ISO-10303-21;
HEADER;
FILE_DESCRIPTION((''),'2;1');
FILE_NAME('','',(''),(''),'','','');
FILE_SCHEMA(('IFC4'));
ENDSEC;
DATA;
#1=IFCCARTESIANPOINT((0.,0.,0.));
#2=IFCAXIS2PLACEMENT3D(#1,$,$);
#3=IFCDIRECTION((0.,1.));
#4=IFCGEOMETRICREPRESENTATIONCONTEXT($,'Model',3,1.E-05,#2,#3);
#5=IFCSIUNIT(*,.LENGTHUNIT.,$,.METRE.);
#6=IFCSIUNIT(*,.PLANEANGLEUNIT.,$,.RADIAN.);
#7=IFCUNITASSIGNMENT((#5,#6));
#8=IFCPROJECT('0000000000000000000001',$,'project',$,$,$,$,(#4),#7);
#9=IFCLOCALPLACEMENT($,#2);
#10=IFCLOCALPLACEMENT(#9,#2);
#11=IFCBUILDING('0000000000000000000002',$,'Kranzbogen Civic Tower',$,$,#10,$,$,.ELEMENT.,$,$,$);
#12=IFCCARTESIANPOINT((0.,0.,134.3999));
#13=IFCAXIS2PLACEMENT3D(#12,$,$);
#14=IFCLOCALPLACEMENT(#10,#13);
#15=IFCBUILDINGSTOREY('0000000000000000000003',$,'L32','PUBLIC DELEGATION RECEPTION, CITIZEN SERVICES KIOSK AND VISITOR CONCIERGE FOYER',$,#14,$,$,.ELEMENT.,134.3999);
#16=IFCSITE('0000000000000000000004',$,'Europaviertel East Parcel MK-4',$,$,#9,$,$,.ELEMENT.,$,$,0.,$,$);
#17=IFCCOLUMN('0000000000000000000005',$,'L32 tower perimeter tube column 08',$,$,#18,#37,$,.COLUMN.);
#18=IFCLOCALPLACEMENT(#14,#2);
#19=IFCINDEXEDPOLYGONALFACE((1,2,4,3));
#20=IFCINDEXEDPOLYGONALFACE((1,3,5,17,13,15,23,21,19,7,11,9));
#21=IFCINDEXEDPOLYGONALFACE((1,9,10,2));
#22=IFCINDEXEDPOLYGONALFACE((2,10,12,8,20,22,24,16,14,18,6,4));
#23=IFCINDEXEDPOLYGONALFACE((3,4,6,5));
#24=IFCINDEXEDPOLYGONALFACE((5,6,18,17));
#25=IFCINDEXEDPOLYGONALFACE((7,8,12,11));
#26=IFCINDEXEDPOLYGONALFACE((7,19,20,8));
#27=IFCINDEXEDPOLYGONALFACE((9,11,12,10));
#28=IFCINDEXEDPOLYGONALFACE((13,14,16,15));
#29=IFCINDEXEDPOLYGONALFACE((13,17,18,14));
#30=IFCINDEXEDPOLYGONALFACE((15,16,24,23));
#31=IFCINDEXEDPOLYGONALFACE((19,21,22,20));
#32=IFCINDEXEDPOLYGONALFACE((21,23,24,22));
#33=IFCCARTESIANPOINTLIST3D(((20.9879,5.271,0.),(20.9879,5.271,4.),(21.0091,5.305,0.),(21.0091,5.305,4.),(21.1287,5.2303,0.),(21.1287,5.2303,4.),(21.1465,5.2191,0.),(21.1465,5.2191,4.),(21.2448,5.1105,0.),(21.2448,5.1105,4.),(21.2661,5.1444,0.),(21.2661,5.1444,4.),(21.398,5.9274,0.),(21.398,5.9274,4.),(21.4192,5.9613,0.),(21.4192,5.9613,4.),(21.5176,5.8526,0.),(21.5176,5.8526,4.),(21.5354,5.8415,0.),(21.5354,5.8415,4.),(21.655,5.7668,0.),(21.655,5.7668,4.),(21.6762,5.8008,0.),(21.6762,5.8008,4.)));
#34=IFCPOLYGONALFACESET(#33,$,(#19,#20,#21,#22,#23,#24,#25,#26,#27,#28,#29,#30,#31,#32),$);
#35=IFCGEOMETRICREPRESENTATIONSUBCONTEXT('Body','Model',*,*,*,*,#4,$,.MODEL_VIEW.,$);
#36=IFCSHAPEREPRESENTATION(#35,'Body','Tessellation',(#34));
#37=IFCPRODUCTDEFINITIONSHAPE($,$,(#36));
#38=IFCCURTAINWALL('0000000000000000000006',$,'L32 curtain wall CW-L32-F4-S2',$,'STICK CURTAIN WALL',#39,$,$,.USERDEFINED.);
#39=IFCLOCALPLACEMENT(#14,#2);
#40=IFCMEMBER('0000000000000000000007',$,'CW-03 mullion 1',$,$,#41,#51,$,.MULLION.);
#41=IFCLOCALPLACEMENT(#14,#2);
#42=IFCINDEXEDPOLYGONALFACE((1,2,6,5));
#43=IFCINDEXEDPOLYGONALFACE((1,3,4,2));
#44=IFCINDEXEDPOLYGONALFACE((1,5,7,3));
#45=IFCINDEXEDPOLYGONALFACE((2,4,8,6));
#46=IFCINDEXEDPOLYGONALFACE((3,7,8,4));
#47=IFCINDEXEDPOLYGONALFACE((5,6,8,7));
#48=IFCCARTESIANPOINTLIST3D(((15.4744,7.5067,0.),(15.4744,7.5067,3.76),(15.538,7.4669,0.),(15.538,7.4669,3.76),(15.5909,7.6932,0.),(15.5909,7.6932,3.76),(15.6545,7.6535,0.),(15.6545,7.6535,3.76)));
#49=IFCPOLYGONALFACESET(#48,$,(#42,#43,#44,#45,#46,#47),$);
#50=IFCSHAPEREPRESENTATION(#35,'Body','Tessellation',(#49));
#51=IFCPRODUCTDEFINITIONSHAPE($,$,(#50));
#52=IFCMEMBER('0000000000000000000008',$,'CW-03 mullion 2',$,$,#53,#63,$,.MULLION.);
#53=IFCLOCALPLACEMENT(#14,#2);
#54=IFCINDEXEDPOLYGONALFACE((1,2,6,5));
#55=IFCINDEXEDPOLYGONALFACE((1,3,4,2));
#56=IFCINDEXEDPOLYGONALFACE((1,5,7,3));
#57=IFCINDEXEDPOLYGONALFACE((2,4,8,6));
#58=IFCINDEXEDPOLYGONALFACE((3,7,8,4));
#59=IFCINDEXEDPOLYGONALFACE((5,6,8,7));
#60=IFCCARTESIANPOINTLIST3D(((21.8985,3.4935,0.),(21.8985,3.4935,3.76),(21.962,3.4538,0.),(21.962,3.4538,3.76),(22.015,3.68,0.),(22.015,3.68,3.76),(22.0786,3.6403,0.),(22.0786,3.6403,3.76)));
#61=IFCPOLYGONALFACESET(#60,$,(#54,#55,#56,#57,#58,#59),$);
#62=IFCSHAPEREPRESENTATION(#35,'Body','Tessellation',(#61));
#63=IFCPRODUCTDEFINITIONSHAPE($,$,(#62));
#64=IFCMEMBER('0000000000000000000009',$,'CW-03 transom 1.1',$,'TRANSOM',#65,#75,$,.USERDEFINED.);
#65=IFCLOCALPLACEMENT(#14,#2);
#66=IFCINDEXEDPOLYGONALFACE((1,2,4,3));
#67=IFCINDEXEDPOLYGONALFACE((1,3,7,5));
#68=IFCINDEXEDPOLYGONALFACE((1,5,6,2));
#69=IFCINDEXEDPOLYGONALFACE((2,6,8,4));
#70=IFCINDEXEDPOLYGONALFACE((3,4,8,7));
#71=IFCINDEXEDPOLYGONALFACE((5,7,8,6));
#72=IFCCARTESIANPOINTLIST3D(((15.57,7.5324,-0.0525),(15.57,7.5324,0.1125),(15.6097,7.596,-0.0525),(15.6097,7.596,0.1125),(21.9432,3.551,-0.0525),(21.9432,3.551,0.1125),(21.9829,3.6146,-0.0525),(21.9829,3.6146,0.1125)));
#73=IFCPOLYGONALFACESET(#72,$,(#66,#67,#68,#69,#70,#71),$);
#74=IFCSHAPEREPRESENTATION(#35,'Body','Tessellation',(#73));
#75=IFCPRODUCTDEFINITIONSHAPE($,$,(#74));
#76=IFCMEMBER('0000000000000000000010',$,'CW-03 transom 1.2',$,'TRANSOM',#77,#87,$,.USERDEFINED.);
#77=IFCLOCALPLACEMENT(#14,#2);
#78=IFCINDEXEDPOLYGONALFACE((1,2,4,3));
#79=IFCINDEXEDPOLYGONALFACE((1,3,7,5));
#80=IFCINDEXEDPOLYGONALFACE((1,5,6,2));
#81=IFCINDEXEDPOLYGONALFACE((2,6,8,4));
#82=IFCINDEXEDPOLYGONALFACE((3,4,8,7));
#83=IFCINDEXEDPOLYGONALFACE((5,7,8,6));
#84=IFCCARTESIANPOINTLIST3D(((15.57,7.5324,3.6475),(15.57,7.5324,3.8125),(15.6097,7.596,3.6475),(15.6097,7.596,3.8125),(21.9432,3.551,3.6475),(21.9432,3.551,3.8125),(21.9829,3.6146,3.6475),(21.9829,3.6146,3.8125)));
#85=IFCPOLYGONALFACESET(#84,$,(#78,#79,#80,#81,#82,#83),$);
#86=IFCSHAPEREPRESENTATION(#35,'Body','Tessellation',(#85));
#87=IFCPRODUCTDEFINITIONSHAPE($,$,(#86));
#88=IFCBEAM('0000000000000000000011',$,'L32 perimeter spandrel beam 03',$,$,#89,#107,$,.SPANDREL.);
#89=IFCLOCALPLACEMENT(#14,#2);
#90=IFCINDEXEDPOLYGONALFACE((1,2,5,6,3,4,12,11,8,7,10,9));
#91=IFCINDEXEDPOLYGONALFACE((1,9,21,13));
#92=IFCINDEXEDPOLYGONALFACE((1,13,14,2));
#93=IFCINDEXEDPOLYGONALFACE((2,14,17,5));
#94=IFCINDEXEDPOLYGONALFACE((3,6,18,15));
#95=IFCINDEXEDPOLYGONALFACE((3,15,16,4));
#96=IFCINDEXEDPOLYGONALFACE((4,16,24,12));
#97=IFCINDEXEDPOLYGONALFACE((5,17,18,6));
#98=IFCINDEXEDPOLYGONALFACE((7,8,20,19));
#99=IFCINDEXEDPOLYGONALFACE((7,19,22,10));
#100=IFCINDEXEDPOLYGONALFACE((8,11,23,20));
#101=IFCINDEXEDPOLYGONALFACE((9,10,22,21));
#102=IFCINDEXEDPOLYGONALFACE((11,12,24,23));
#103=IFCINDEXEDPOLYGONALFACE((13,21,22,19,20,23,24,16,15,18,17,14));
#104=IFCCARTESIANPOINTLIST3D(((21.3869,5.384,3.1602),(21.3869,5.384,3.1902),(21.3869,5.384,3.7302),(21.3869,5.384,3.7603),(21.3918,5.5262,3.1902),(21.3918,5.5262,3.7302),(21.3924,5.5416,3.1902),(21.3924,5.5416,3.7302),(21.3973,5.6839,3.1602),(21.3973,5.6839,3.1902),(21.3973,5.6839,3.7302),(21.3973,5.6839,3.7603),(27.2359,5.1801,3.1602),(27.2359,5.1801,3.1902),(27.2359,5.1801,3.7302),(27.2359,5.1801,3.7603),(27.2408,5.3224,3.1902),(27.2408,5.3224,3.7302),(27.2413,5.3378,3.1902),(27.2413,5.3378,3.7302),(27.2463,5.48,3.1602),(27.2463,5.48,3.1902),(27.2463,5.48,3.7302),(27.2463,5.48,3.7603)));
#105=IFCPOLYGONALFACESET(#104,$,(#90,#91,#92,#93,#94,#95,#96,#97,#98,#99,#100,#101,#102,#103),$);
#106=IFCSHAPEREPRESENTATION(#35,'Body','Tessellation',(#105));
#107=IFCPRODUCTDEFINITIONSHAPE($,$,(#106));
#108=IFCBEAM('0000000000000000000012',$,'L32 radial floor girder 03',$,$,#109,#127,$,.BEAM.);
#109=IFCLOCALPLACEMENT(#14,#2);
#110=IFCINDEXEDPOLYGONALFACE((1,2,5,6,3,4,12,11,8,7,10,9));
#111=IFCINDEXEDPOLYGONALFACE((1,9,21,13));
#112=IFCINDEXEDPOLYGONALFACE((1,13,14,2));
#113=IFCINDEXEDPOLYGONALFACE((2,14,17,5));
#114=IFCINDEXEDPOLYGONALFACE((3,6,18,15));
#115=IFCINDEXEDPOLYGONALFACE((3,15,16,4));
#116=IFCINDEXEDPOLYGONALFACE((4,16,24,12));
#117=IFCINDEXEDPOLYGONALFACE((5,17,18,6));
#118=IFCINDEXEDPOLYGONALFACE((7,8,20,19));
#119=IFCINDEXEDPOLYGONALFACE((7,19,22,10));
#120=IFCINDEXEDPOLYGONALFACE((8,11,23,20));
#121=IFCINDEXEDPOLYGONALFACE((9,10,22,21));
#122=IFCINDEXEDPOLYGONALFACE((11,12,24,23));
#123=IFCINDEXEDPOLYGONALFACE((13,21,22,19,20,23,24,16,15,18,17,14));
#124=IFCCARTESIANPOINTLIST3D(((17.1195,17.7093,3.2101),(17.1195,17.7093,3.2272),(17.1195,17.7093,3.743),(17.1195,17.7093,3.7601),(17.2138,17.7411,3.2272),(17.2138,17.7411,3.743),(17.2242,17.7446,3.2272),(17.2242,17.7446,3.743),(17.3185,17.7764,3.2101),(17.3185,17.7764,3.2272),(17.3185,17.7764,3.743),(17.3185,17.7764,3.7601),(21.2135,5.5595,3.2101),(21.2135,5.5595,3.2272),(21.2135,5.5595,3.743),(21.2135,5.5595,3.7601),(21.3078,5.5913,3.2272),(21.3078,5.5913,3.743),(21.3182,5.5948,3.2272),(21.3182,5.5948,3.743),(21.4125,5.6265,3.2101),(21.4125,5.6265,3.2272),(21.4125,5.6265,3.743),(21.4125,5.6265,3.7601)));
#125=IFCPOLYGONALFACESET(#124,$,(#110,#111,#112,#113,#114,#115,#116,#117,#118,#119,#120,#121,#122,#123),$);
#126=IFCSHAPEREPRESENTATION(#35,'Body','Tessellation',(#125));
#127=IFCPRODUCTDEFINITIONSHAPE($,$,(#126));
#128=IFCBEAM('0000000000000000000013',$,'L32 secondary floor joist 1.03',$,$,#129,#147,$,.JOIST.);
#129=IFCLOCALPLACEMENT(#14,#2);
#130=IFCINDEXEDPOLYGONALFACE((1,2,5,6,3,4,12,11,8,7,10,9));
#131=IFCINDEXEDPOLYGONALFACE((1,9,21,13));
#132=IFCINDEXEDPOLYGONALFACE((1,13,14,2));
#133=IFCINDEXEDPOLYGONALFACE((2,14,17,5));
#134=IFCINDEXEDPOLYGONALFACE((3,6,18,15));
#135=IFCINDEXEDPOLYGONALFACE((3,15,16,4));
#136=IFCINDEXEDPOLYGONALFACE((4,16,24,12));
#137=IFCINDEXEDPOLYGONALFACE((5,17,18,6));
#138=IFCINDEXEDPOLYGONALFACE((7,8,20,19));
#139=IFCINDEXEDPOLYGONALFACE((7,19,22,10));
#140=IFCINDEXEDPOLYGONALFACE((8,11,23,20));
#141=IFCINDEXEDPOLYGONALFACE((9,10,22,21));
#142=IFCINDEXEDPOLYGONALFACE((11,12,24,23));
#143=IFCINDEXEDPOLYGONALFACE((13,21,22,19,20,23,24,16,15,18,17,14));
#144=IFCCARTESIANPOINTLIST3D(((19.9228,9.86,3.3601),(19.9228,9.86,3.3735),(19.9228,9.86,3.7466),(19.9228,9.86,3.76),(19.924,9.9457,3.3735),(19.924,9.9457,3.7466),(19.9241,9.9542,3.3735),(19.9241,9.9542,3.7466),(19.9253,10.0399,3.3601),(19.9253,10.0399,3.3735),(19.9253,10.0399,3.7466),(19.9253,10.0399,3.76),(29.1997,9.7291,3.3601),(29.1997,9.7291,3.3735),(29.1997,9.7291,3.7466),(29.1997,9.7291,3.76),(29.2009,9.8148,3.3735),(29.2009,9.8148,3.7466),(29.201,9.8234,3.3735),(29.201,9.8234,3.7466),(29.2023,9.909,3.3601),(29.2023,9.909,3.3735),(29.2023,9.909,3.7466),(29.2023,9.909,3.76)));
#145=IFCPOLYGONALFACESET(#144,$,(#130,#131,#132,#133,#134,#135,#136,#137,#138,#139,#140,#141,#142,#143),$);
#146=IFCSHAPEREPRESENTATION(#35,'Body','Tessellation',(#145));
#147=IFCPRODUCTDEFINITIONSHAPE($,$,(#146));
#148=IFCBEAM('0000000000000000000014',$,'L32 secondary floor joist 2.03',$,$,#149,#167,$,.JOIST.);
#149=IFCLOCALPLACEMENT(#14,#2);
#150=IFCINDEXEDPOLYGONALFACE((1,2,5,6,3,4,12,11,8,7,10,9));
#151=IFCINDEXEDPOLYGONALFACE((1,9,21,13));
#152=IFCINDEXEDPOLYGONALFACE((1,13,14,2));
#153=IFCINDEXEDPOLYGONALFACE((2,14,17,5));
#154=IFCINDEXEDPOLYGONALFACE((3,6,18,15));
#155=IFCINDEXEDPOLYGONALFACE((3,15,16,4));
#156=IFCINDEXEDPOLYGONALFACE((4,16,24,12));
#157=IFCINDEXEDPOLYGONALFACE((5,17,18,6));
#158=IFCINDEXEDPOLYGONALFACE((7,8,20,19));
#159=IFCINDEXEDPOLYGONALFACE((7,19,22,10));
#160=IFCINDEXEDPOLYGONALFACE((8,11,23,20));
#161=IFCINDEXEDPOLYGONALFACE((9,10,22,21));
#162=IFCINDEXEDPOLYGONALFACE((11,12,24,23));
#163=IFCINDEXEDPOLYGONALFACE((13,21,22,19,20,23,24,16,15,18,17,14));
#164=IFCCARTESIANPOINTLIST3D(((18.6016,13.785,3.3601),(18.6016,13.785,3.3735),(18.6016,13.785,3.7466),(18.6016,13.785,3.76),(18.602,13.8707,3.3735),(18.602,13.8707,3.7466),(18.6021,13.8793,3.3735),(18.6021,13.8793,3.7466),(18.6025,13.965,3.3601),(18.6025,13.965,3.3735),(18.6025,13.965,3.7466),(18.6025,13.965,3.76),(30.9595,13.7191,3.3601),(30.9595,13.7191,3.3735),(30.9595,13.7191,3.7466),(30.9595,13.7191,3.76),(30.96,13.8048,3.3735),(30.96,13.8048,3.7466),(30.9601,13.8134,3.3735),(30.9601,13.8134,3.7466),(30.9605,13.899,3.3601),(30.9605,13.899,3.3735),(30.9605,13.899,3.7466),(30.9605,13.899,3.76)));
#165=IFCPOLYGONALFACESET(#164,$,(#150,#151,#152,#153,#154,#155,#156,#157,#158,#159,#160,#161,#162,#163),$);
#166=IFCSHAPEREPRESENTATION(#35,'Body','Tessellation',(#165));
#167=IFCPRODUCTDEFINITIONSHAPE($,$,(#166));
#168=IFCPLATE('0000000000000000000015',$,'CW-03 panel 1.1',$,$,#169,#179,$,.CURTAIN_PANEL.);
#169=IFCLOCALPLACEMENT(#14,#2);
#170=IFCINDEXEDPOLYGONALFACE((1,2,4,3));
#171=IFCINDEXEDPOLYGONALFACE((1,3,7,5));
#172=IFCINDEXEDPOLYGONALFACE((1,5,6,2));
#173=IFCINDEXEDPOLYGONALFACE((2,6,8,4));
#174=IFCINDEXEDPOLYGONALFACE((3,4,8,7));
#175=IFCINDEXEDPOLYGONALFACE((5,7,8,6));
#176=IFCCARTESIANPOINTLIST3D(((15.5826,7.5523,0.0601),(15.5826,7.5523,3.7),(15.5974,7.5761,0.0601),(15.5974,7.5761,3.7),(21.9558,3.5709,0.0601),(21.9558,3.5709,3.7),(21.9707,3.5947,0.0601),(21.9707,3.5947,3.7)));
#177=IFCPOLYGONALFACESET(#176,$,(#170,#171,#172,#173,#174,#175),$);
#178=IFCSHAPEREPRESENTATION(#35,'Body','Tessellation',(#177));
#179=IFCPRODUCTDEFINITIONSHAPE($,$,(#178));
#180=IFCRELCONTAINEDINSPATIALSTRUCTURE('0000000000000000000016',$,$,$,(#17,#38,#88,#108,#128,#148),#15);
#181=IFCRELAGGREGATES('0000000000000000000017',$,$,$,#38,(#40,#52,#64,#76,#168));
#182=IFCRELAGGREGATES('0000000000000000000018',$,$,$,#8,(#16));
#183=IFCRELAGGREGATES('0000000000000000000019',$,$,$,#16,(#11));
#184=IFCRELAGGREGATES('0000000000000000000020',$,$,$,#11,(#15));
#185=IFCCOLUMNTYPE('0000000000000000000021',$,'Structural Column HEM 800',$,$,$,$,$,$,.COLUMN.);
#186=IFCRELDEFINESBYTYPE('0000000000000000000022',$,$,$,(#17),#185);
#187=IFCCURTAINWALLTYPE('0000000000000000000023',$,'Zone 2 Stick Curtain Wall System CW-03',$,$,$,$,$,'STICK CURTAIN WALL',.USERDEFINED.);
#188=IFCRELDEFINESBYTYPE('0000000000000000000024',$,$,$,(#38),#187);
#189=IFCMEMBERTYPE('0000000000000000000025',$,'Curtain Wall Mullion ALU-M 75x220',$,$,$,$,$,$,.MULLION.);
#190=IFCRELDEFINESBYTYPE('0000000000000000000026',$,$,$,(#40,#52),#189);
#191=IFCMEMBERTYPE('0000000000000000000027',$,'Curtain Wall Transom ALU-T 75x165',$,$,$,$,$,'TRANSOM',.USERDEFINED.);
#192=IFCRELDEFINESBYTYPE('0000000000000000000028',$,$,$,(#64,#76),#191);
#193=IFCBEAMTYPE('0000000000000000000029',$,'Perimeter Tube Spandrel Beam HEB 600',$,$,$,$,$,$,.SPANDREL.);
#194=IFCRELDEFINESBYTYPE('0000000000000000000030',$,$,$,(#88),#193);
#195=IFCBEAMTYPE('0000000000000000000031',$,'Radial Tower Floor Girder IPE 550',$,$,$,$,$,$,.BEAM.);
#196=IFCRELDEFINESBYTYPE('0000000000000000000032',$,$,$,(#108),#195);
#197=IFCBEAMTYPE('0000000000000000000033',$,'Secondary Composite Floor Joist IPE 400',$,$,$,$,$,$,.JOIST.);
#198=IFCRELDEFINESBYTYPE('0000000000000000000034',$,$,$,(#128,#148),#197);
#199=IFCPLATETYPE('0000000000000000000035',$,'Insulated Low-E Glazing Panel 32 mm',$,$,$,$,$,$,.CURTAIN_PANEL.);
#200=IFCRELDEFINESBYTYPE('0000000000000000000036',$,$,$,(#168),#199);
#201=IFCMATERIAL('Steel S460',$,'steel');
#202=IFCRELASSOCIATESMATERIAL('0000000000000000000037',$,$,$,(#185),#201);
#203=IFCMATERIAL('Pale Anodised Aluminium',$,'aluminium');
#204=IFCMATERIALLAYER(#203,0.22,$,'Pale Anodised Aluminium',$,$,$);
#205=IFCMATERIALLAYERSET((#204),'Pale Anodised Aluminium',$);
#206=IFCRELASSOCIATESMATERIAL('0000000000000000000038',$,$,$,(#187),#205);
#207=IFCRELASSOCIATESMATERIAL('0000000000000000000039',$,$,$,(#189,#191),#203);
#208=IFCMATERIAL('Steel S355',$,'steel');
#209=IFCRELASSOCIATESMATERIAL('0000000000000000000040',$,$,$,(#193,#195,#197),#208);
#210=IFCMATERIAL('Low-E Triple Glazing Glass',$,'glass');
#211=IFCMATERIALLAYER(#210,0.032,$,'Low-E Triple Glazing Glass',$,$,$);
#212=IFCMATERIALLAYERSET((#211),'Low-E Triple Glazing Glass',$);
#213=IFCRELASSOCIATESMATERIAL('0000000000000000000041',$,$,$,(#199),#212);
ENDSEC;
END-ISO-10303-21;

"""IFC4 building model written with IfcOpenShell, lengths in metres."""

from ifc_helpers import new_model, si_unit, direction, frame, origin, origin_2d, place, context, subcontext, project, spatial, rectangle, i_section, extrude, material, layer, layer_set, material_profile, profile_set, type_object, element, aggregate, save


model = new_model("IFC4")

# Units and contexts
model_context = context("Model", 3, precision=1e-05, world=origin(), true_north=direction((0.0, 1.0)))
body_context = subcontext(model_context, "Body", "Model", "MODEL_VIEW")
ifc_project = project(units=[si_unit("LENGTHUNIT", "METRE"), si_unit("PLANEANGLEUNIT", "RADIAN")], contexts=[model_context])

# Site, building, storey
site_placement = place(None, origin())
site = spatial("IfcSite", under=ifc_project, at=site_placement, Name="Europaviertel East Parcel MK-4", CompositionType="ELEMENT", RefElevation=0.0)
building_placement = place(site_placement, origin())
building = spatial("IfcBuilding", under=site, at=building_placement, Name="Kranzbogen Civic Tower", CompositionType="ELEMENT")
storey_placement = place(building_placement, frame((0.0, 0.0, 134.3999)))
storey = spatial("IfcBuildingStorey", under=building, at=storey_placement, Name="L32", Description="PUBLIC DELEGATION RECEPTION, CITIZEN SERVICES KIOSK AND VISITOR CONCIERGE FOYER", CompositionType="ELEMENT", Elevation=134.3999)

# Column
ifc_material_1 = material(Name="Steel S460", Category="steel")
ifc_material_profile_1 = material_profile(ifc_material_1, i_section(OverallWidth=0.303, OverallDepth=0.814, WebThickness=0.021, FlangeThickness=0.04, at=origin_2d()), Name="HEM 800")
ifc_profile_set_1 = profile_set([ifc_material_profile_1], Name="Steel S460")
column_type = type_object("IfcColumnType", Name="Structural Column HEM 800", PredefinedType="COLUMN", material=ifc_profile_set_1)
column_placement = place(storey_placement, frame((21.332, 5.5359, 0.0), z_axis=(0.0, 0.0, 1.0), x_axis=(-0.848048, 0.529919, 0.0)))
element("IfcColumn", 1, at=column_placement, inside=storey, type_object=column_type, Name="L32 tower perimeter tube column 08", PredefinedType="COLUMN", context=body_context, shape_type="SweptSolid", body=[
    extrude(i_section(OverallWidth=0.303, OverallDepth=0.814, WebThickness=0.021, FlangeThickness=0.04, at=origin_2d()), origin(), (0.0, 0.0, 1.0), 4.0),
])

# Curtain wall, members
ifc_material_2 = material(Name="Pale Anodised Aluminium", Category="aluminium")
ifc_layer_1 = layer(ifc_material_2, 0.22, Name="Pale Anodised Aluminium")
ifc_layer_set_1 = layer_set([ifc_layer_1], Name="Pale Anodised Aluminium")
curtain_wall_type = type_object("IfcCurtainWallType", Name="Zone 2 Stick Curtain Wall System CW-03", ElementType="STICK CURTAIN WALL", PredefinedType="USERDEFINED", material=ifc_layer_set_1)
curtain_wall_placement = place(storey_placement, origin())
curtain_wall = element("IfcCurtainWall", 2, at=curtain_wall_placement, inside=storey, type_object=curtain_wall_type, Name="L32 curtain wall CW-L32-F4-S2", ObjectType="STICK CURTAIN WALL", PredefinedType="USERDEFINED")
ifc_material_profile_2 = material_profile(ifc_material_2, rectangle(XDim=0.075, YDim=0.22, at=origin_2d()), Name="ALU-M 75x220")
ifc_profile_set_2 = profile_set([ifc_material_profile_2], Name="Pale Anodised Aluminium")
member_type_1 = type_object("IfcMemberType", Name="Curtain Wall Mullion ALU-M 75x220", PredefinedType="MULLION", material=ifc_profile_set_2)
member_1_placement = place(storey_placement, frame((15.5645, 7.5801, 0.0), z_axis=(0.0, 0.0, 1.0), x_axis=(0.848109, -0.529822, 0.0)))
member_1 = element("IfcMember", 3, at=member_1_placement, type_object=member_type_1, Name="CW-03 mullion 1", PredefinedType="MULLION", context=body_context, shape_type="SweptSolid", body=[
    extrude(rectangle(XDim=0.075, YDim=0.22, at=origin_2d()), origin(), (0.0, 0.0, 1.0), 3.76),
])
member_2_placement = place(storey_placement, frame((21.9885, 3.5669, 0.0), z_axis=(0.0, 0.0, 1.0), x_axis=(0.848109, -0.529822, 0.0)))
member_2 = element("IfcMember", 4, at=member_2_placement, type_object=member_type_1, Name="CW-03 mullion 2", PredefinedType="MULLION", context=body_context, shape_type="SweptSolid", body=[
    extrude(rectangle(XDim=0.075, YDim=0.22, at=origin_2d()), origin(), (0.0, 0.0, 1.0), 3.76),
])
ifc_material_profile_3 = material_profile(ifc_material_2, rectangle(XDim=0.075, YDim=0.165, at=origin_2d()), Name="ALU-T 75x165")
ifc_profile_set_3 = profile_set([ifc_material_profile_3], Name="Pale Anodised Aluminium")
member_type_2 = type_object("IfcMemberType", Name="Curtain Wall Transom ALU-T 75x165", ElementType="TRANSOM", PredefinedType="USERDEFINED", material=ifc_profile_set_3)
member_3_placement = place(storey_placement, frame((15.5898, 7.5642, 0.03), z_axis=(0.84811, -0.529821, 0.0), x_axis=(0.529821, 0.84811, 0.0)))
member_3 = element("IfcMember", 5, at=member_3_placement, type_object=member_type_2, Name="CW-03 transom 1.1", ObjectType="TRANSOM", PredefinedType="USERDEFINED", context=body_context, shape_type="SweptSolid", body=[
    extrude(rectangle(XDim=0.075, YDim=0.165, at=origin_2d()), origin(), (0.0, 0.0, 1.0), 7.5146),
])
member_4_placement = place(storey_placement, frame((15.5898, 7.5642, 3.73), z_axis=(0.84811, -0.529821, 0.0), x_axis=(0.529821, 0.84811, 0.0)))
member_4 = element("IfcMember", 6, at=member_4_placement, type_object=member_type_2, Name="CW-03 transom 1.2", ObjectType="TRANSOM", PredefinedType="USERDEFINED", context=body_context, shape_type="SweptSolid", body=[
    extrude(rectangle(XDim=0.075, YDim=0.165, at=origin_2d()), origin(), (0.0, 0.0, 1.0), 7.5146),
])

# Beams
ifc_material_3 = material(Name="Steel S355", Category="steel")
ifc_material_profile_4 = material_profile(ifc_material_3, i_section(OverallWidth=0.3, OverallDepth=0.6001, WebThickness=0.0154, FlangeThickness=0.03, at=origin_2d()), Name="HEB 600")
ifc_profile_set_4 = profile_set([ifc_material_profile_4], Name="Steel S355")
beam_type_1 = type_object("IfcBeamType", Name="Perimeter Tube Spandrel Beam HEB 600", PredefinedType="SPANDREL", material=ifc_profile_set_4)
beam_1_placement = place(storey_placement, frame((21.3921, 5.5339, 3.4602), z_axis=(0.999393, -0.034833, 0.0), x_axis=(0.034833, 0.999393, 0.0)))
element("IfcBeam", 7, at=beam_1_placement, inside=storey, type_object=beam_type_1, Name="L32 perimeter spandrel beam 03", PredefinedType="SPANDREL", context=body_context, shape_type="SweptSolid", body=[
    extrude(i_section(OverallWidth=0.3, OverallDepth=0.6001, WebThickness=0.0154, FlangeThickness=0.03, at=origin_2d()), origin(), (0.0, 0.0, 1.0), 5.8525),
])
ifc_material_profile_5 = material_profile(ifc_material_3, i_section(OverallWidth=0.21, OverallDepth=0.55, WebThickness=0.011, FlangeThickness=0.0171, at=origin_2d()), Name="IPE 550")
ifc_profile_set_5 = profile_set([ifc_material_profile_5], Name="Steel S355")
beam_type_2 = type_object("IfcBeamType", Name="Radial Tower Floor Girder IPE 550", PredefinedType="BEAM", material=ifc_profile_set_5)
beam_2_placement = place(storey_placement, frame((21.313, 5.593, 3.4851), z_axis=(-0.319317, 0.947648, 0.0), x_axis=(-0.947648, -0.319317, 0.0)))
element("IfcBeam", 8, at=beam_2_placement, inside=storey, type_object=beam_type_2, Name="L32 radial floor girder 03", PredefinedType="BEAM", context=body_context, shape_type="SweptSolid", body=[
    extrude(i_section(OverallWidth=0.21, OverallDepth=0.55, WebThickness=0.011, FlangeThickness=0.0171, at=origin_2d()), origin(), (0.0, 0.0, 1.0), 12.821),
])
ifc_material_profile_6 = material_profile(ifc_material_3, i_section(OverallWidth=0.1799, OverallDepth=0.3999, WebThickness=0.0085, FlangeThickness=0.0134, at=origin_2d()), Name="IPE 400")
ifc_profile_set_6 = profile_set([ifc_material_profile_6], Name="Steel S355")
beam_type_3 = type_object("IfcBeamType", Name="Secondary Composite Floor Joist IPE 400", PredefinedType="JOIST", material=ifc_profile_set_6)
beam_3_placement = place(storey_placement, frame((19.9241, 9.95, 3.5601), z_axis=(0.999901, -0.014105, 0.0), x_axis=(0.014105, 0.999901, 0.0)))
element("IfcBeam", 9, at=beam_3_placement, inside=storey, type_object=beam_type_3, Name="L32 secondary floor joist 1.03", PredefinedType="JOIST", context=body_context, shape_type="SweptSolid", body=[
    extrude(i_section(OverallWidth=0.1799, OverallDepth=0.3999, WebThickness=0.0085, FlangeThickness=0.0134, at=origin_2d()), origin(), (0.0, 0.0, 1.0), 9.2778),
])
beam_4_placement = place(storey_placement, frame((18.6021, 13.875, 3.5601), z_axis=(0.999986, -0.005334, 0.0), x_axis=(0.005334, 0.999986, 0.0)))
element("IfcBeam", 10, at=beam_4_placement, inside=storey, type_object=beam_type_3, Name="L32 secondary floor joist 2.03", PredefinedType="JOIST", context=body_context, shape_type="SweptSolid", body=[
    extrude(i_section(OverallWidth=0.1799, OverallDepth=0.3999, WebThickness=0.0085, FlangeThickness=0.0134, at=origin_2d()), origin(), (0.0, 0.0, 1.0), 12.3582),
])

# Plate
ifc_material_4 = material(Name="Low-E Triple Glazing Glass", Category="glass")
ifc_layer_2 = layer(ifc_material_4, 0.032, Name="Low-E Triple Glazing Glass")
ifc_layer_set_2 = layer_set([ifc_layer_2], Name="Low-E Triple Glazing Glass")
plate_type = type_object("IfcPlateType", Name="Insulated Low-E Glazing Panel 32 mm", PredefinedType="CURTAIN_PANEL", material=ifc_layer_set_2)
plate_placement = place(storey_placement, frame((18.7766, 5.5735, 0.0601), z_axis=(0.0, 0.0, 1.0), x_axis=(0.848109, -0.529822, 0.0)))
plate = element("IfcPlate", 11, at=plate_placement, type_object=plate_type, Name="CW-03 panel 1.1", PredefinedType="CURTAIN_PANEL", context=body_context, shape_type="SweptSolid", body=[
    extrude(rectangle(XDim=7.5146, YDim=0.0281, at=origin_2d()), origin(), (0.0, 0.0, 1.0), 3.6399),
])
aggregate(curtain_wall, [member_1, member_2, member_3, member_4, plate])

save(model, "model.ifc")
